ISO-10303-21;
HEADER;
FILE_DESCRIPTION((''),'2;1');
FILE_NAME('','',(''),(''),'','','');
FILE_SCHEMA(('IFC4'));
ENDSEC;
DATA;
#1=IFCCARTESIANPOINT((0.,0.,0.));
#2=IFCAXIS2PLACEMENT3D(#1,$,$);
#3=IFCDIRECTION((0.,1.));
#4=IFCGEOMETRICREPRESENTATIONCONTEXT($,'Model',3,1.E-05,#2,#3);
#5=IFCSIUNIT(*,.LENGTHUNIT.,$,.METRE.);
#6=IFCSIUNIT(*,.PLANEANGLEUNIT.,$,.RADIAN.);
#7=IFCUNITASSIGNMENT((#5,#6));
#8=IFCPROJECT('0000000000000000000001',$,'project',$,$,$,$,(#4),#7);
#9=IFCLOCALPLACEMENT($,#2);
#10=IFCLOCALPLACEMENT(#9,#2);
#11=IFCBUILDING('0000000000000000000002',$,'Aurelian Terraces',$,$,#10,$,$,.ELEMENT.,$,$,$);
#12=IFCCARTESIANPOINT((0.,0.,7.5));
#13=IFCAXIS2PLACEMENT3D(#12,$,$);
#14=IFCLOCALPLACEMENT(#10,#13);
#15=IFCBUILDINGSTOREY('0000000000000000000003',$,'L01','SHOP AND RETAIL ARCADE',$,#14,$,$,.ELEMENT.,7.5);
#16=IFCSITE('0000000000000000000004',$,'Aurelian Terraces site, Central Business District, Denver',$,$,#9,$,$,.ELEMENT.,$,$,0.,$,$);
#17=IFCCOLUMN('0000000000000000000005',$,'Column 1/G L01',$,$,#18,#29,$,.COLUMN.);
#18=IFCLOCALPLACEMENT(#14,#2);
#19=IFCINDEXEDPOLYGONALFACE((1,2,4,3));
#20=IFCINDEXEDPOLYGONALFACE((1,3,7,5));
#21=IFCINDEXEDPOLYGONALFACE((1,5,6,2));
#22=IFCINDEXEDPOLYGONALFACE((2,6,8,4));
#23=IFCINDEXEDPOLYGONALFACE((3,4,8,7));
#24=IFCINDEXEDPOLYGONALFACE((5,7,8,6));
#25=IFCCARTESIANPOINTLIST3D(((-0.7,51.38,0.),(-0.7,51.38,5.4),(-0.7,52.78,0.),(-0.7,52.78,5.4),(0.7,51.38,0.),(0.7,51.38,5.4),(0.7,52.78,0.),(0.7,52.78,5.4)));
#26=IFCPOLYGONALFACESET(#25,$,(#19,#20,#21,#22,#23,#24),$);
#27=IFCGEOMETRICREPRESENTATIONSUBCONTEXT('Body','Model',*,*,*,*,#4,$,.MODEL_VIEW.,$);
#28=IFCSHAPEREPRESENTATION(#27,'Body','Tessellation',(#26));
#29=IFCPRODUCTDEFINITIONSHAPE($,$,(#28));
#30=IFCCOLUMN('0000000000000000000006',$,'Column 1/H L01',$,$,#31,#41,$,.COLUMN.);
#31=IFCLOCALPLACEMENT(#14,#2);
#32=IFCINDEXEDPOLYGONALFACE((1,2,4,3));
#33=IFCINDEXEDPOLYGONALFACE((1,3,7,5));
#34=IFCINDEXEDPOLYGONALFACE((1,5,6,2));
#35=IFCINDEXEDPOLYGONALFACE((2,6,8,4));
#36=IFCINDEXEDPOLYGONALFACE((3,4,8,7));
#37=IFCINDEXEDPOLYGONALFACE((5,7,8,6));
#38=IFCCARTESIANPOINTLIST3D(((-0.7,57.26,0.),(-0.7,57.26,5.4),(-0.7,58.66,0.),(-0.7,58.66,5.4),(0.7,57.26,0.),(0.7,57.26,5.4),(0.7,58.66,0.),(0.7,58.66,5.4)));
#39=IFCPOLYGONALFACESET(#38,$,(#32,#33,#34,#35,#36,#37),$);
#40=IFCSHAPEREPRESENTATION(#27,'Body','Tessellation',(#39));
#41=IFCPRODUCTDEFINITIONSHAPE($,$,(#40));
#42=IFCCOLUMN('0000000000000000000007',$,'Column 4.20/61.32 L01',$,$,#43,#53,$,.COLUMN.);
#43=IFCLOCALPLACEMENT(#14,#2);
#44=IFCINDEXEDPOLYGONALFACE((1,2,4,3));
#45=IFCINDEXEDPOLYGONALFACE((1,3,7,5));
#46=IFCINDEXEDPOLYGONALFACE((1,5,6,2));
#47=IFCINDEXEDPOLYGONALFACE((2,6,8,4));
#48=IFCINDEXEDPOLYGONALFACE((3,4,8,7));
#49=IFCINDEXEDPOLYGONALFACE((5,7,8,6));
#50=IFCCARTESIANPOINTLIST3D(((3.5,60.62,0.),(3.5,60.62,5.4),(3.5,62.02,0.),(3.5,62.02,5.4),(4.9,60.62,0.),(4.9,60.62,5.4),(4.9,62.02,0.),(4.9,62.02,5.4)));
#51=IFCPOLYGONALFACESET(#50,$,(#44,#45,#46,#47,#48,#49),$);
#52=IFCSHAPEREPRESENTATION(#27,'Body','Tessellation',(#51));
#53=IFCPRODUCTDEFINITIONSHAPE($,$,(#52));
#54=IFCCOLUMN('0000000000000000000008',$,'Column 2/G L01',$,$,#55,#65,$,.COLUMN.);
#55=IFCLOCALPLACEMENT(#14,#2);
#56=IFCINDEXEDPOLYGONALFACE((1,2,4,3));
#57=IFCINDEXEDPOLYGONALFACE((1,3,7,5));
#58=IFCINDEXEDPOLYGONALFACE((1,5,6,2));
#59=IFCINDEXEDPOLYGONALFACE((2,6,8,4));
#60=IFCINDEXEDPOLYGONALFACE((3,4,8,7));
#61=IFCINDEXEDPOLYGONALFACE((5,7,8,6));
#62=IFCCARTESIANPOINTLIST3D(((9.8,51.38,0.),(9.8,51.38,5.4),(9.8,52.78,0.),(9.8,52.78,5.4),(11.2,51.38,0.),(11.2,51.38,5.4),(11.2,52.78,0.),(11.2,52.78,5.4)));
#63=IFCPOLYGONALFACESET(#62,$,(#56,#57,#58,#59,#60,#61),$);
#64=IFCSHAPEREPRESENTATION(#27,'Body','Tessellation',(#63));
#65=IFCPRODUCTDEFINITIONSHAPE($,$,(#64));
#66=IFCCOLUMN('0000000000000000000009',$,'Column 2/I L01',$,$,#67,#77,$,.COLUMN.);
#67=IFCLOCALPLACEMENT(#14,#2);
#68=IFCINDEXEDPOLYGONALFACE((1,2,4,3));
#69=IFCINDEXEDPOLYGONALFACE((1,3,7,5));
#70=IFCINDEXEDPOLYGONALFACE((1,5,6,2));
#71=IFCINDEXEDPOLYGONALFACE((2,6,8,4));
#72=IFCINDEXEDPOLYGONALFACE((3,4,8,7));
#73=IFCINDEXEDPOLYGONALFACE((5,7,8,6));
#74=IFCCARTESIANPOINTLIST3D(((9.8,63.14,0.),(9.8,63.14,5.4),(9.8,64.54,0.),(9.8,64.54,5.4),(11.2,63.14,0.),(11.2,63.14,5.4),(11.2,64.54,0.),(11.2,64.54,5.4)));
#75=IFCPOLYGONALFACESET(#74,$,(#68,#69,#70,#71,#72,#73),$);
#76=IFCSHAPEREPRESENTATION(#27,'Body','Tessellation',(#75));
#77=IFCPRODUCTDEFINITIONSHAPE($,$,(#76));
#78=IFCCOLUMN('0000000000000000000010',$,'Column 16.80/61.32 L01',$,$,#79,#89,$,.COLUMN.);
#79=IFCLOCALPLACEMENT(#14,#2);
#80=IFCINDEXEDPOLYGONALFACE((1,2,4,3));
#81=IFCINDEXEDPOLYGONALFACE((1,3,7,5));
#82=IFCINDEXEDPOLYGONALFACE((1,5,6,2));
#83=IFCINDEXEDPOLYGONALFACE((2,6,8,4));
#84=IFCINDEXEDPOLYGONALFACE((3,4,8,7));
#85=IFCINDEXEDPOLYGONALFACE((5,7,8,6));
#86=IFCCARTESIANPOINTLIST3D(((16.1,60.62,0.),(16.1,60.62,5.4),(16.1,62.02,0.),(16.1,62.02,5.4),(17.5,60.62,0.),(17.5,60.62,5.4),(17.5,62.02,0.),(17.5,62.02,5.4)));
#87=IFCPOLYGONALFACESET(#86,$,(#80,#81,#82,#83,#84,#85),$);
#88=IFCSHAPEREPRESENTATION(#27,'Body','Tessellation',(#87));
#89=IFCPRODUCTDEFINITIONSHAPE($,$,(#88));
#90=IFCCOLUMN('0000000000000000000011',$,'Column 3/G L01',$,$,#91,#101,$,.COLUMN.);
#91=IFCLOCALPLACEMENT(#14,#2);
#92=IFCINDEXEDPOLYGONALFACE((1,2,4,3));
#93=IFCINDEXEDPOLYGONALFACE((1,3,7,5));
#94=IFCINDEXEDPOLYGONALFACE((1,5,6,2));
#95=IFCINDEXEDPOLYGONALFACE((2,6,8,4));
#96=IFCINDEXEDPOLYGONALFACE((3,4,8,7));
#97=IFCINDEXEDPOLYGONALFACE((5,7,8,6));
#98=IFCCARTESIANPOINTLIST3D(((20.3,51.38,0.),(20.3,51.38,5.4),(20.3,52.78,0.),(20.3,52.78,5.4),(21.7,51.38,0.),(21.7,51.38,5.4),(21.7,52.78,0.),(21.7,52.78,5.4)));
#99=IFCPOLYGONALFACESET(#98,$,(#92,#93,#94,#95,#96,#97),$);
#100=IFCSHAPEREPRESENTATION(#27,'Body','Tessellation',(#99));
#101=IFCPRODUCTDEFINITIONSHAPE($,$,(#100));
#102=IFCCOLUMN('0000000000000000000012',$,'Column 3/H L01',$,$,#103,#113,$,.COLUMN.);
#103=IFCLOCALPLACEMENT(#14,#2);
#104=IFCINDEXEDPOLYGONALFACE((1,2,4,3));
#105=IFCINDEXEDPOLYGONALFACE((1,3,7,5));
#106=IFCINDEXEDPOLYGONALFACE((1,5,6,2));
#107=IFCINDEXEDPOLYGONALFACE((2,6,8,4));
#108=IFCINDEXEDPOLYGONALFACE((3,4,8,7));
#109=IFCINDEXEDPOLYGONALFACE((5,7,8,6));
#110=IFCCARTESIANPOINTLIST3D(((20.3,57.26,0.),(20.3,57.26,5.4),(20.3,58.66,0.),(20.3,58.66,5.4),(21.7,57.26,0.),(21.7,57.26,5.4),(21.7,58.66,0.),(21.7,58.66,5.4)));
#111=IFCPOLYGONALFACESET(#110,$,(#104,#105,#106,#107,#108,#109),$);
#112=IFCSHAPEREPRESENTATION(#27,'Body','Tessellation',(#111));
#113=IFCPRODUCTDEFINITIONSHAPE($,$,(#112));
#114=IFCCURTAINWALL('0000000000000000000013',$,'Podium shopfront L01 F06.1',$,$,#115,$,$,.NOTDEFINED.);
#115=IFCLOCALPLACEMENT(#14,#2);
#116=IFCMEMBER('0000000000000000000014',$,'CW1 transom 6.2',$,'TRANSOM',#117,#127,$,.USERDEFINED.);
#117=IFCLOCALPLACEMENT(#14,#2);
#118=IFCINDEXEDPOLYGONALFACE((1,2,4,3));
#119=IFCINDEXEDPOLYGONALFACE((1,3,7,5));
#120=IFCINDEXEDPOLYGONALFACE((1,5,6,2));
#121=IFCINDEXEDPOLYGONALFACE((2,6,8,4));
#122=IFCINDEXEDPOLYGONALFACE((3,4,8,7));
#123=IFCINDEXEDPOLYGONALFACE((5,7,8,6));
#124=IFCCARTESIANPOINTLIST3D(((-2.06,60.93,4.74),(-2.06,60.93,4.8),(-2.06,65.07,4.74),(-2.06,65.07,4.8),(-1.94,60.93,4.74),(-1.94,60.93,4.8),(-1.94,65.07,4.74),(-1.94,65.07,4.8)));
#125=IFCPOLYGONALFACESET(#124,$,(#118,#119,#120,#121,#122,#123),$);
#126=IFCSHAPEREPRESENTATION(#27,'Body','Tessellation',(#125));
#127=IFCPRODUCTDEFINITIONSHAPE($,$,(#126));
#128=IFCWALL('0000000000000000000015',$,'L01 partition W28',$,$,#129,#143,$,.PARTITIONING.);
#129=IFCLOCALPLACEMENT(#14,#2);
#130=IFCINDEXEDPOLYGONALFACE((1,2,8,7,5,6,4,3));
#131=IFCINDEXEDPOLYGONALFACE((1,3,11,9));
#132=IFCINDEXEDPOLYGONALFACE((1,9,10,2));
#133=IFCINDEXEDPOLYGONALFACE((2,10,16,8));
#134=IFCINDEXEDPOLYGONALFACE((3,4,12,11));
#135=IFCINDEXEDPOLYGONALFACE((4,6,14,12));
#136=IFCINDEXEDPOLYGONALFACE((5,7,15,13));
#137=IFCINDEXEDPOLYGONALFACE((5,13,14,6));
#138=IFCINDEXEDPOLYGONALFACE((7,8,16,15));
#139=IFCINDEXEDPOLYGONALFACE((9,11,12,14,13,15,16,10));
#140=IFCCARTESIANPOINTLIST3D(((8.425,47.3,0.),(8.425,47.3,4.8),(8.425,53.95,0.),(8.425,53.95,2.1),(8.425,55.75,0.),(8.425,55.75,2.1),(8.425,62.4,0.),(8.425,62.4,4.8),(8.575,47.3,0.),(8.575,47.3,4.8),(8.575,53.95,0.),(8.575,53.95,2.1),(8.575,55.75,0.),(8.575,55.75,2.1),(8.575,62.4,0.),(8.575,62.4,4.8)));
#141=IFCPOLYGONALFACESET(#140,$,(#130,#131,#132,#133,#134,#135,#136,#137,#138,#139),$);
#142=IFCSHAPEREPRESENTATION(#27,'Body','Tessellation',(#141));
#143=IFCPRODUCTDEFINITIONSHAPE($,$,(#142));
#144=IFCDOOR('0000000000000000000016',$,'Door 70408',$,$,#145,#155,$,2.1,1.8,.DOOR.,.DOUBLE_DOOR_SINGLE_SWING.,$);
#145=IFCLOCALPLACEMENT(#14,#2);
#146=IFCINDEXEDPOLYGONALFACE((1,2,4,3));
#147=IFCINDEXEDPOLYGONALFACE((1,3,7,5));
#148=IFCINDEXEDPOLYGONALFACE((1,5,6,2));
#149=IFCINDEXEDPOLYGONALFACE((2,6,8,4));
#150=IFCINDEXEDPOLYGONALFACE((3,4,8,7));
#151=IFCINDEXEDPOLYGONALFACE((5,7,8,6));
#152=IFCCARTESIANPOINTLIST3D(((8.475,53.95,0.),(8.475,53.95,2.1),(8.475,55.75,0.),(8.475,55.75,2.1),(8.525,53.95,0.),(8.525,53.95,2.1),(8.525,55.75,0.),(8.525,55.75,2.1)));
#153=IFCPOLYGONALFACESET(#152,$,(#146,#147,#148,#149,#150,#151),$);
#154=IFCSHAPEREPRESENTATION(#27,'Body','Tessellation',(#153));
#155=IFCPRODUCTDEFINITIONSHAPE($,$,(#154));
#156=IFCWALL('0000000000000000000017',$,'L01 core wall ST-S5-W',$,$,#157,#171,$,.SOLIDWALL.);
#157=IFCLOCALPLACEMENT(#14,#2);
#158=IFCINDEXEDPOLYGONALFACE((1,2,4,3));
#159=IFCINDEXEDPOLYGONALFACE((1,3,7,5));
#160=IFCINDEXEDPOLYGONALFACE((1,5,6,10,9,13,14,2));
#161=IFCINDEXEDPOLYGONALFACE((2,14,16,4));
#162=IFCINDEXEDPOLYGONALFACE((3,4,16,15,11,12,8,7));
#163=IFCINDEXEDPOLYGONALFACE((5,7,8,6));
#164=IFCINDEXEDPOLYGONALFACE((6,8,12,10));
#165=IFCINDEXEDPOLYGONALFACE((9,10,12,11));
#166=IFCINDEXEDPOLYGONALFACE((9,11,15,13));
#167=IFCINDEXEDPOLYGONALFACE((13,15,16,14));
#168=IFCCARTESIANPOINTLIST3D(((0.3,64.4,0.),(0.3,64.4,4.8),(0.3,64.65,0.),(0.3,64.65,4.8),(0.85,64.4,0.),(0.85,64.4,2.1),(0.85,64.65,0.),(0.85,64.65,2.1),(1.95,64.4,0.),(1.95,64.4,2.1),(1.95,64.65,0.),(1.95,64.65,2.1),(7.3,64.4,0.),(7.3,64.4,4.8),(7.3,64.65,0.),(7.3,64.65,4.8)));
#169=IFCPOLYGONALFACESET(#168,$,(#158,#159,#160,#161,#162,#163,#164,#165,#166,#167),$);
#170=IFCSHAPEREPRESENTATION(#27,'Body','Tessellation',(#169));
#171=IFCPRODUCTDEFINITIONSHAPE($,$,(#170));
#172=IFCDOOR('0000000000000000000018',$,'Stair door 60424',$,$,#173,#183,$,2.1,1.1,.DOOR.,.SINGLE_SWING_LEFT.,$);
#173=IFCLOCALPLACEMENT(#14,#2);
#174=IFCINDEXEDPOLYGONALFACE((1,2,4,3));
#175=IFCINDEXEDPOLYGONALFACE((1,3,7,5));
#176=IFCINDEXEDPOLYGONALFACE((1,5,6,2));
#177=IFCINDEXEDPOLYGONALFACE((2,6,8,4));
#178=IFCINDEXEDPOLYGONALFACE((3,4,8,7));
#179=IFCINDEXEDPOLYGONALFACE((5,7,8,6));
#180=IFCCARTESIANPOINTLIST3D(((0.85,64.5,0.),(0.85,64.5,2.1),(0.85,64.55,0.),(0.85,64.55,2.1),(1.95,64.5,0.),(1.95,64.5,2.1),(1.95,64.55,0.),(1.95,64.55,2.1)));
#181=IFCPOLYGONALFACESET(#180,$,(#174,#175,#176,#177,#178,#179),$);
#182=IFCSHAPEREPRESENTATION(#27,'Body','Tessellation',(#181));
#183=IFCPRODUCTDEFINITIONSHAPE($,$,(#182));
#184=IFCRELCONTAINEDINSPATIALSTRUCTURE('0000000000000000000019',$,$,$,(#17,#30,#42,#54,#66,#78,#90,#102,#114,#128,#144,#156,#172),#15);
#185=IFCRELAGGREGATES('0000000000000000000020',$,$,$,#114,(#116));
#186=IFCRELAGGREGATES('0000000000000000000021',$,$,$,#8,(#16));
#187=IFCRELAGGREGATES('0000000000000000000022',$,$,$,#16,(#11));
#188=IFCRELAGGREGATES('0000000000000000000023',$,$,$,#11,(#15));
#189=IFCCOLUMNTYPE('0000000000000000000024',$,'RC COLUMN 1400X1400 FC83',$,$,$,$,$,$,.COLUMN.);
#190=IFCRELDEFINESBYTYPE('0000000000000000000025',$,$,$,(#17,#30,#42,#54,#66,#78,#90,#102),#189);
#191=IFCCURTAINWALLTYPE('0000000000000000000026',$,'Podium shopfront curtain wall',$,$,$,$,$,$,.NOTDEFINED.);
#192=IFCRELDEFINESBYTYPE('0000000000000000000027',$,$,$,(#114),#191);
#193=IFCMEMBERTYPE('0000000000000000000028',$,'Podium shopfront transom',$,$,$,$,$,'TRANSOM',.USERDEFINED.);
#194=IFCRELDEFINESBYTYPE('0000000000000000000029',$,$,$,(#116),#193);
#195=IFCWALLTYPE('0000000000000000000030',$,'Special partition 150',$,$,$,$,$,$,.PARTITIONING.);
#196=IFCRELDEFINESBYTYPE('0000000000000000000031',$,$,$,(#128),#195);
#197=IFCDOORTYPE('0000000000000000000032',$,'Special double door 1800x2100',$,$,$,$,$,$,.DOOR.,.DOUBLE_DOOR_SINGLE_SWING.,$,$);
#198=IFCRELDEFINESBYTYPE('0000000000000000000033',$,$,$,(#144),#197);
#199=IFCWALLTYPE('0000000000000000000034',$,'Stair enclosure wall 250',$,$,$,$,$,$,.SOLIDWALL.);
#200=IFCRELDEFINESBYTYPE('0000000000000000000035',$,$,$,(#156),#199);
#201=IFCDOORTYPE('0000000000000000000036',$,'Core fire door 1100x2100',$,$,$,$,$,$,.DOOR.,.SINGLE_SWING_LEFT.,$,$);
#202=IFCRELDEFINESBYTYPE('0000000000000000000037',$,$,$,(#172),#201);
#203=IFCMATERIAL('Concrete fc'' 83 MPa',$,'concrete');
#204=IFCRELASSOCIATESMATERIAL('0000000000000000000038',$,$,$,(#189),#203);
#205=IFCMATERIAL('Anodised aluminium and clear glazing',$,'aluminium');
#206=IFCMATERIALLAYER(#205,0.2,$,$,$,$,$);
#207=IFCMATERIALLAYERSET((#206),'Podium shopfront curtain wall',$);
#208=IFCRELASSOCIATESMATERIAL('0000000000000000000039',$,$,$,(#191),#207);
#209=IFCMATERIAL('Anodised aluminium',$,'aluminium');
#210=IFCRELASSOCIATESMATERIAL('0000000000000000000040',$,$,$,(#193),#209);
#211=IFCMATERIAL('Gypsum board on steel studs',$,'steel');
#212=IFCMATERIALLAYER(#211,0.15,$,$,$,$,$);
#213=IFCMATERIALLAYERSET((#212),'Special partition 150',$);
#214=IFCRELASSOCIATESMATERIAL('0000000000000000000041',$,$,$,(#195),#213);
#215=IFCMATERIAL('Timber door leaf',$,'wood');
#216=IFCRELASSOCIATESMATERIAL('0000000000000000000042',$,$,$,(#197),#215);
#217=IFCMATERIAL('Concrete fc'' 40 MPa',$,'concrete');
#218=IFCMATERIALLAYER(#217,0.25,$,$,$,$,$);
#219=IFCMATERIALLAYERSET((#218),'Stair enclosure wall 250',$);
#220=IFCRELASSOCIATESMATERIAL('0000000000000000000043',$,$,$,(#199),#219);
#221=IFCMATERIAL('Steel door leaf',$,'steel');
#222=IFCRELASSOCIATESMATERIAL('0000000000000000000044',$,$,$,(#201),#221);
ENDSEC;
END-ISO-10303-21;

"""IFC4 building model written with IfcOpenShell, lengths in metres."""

from ifc_helpers import new_model, si_unit, direction, frame, frame_2d, origin, origin_2d, place, context, subcontext, project, spatial, rectangle, extrude, source, transform, mapped, material, layer, layer_set, material_profile, profile_set, type_object, element, fill, aggregate, save


model = new_model("IFC4")

# Units and contexts
model_context = context("Model", 3, precision=1e-05, world=origin(), true_north=direction((0.0, 1.0)))
body_context = subcontext(model_context, "Body", "Model", "MODEL_VIEW")
ifc_project = project(units=[si_unit("LENGTHUNIT", "METRE"), si_unit("PLANEANGLEUNIT", "RADIAN")], contexts=[model_context])

# Site, building, storey
site_placement = place(None, origin())
site = spatial("IfcSite", under=ifc_project, at=site_placement, Name="Aurelian Terraces site, Central Business District, Denver", CompositionType="ELEMENT", RefElevation=0.0)
building_placement = place(site_placement, origin())
building = spatial("IfcBuilding", under=site, at=building_placement, Name="Aurelian Terraces", CompositionType="ELEMENT")
storey_placement = place(building_placement, frame((0.0, 0.0, 7.5)))
storey = spatial("IfcBuildingStorey", under=building, at=storey_placement, Name="L01", Description="SHOP AND RETAIL ARCADE", CompositionType="ELEMENT", Elevation=7.5)

# Columns
ifc_material_1 = material(Name="Concrete fc' 83 MPa", Category="concrete")
ifc_material_profile_1 = material_profile(ifc_material_1, rectangle(XDim=1.4, YDim=1.4, at=origin_2d()))
ifc_profile_set_1 = profile_set([ifc_material_profile_1], Name="Concrete fc' 83 MPa")
column_type = type_object("IfcColumnType", Name="RC COLUMN 1400X1400 FC83", PredefinedType="COLUMN", material=ifc_profile_set_1)
shared_shape_1 = source(origin(), body_context, "Body", "SweptSolid", [
    extrude(rectangle(XDim=1.4, YDim=1.4, at=origin_2d()), origin(), (0.0, 0.0, 1.0), 5.4),
])
for number, where, z_axis, x_axis, name in (
    (1, (0.0, 52.08, 0.0), (0.0, 0.0, 1.0), (1.0, 0.0, 0.0), "Column 1/G L01"),
    (2, (0.0, 57.96, 0.0), (0.0, 0.0, 1.0), (1.0, 0.0, 0.0), "Column 1/H L01"),
    (3, (4.2, 61.32, 0.0), (0.0, 0.0, 1.0), (1.0, 0.0, 0.0), "Column 4.20/61.32 L01"),
    (4, (10.5, 52.08, 0.0), (0.0, 0.0, 1.0), (1.0, 0.0, 0.0), "Column 2/G L01"),
    (5, (10.5, 63.84, 0.0), (0.0, 0.0, 1.0), (1.0, 0.0, 0.0), "Column 2/I L01"),
    (6, (16.8, 61.32, 0.0), (0.0, 0.0, 1.0), (1.0, 0.0, 0.0), "Column 16.80/61.32 L01"),
    (7, (21.0, 52.08, 0.0), (0.0, 0.0, 1.0), (1.0, 0.0, 0.0), "Column 3/G L01"),
    (8, (21.0, 57.96, 0.0), (0.0, 0.0, 1.0), (1.0, 0.0, 0.0), "Column 3/H L01"),
):
    element("IfcColumn", number, at=place(storey_placement, frame(where, z_axis=z_axis, x_axis=x_axis)), inside=storey, type_object=column_type, Name=name, PredefinedType="COLUMN", context=body_context, shape_type="MappedRepresentation", body=[
        mapped(shared_shape_1, transform((0.0, 0.0, 0.0), scale=1.0)),
    ])

# Curtain wall, member
ifc_material_2 = material(Name="Anodised aluminium and clear glazing", Category="aluminium")
ifc_layer_1 = layer(ifc_material_2, 0.2)
ifc_layer_set_1 = layer_set([ifc_layer_1], Name="Podium shopfront curtain wall")
curtain_wall_type = type_object("IfcCurtainWallType", Name="Podium shopfront curtain wall", PredefinedType="NOTDEFINED", material=ifc_layer_set_1)
curtain_wall_placement = place(storey_placement, origin())
curtain_wall = element("IfcCurtainWall", 9, at=curtain_wall_placement, inside=storey, type_object=curtain_wall_type, Name="Podium shopfront L01 F06.1", PredefinedType="NOTDEFINED")
ifc_material_3 = material(Name="Anodised aluminium", Category="aluminium")
ifc_material_profile_2 = material_profile(ifc_material_3, rectangle(XDim=0.12, YDim=0.06, at=origin_2d()))
ifc_profile_set_2 = profile_set([ifc_material_profile_2], Name="Anodised aluminium")
member_type = type_object("IfcMemberType", Name="Podium shopfront transom", ElementType="TRANSOM", PredefinedType="USERDEFINED", material=ifc_profile_set_2)
shared_shape_2 = source(origin(), body_context, "Body", "SweptSolid", [
    extrude(rectangle(XDim=0.12, YDim=0.06, at=origin_2d()), origin(), (0.0, 0.0, 1.0), 4.14),
])
member_placement = place(storey_placement, frame((-2.0, 65.07, 4.77), z_axis=(0.0, -1.0, 0.0), x_axis=(1.0, 0.0, 0.0)))
member = element("IfcMember", 10, at=member_placement, type_object=member_type, Name="CW1 transom 6.2", ObjectType="TRANSOM", PredefinedType="USERDEFINED", context=body_context, shape_type="MappedRepresentation", body=[
    mapped(shared_shape_2, transform((0.0, 0.0, 0.0), scale=1.0)),
])
aggregate(curtain_wall, [member])

# Walls, openings, doors
ifc_material_4 = material(Name="Gypsum board on steel studs", Category="steel")
ifc_layer_2 = layer(ifc_material_4, 0.15)
ifc_layer_set_2 = layer_set([ifc_layer_2], Name="Special partition 150")
wall_type_1 = type_object("IfcWallType", Name="Special partition 150", PredefinedType="PARTITIONING", material=ifc_layer_set_2)
wall_1_placement = place(storey_placement, frame((8.5, 47.3, 0.0), z_axis=(0.0, 0.0, 1.0), x_axis=(0.0, 1.0, 0.0)))
wall_1 = element("IfcWall", 11, at=wall_1_placement, inside=storey, type_object=wall_type_1, Name="L01 partition W28", PredefinedType="PARTITIONING", context=body_context, shape_type="SweptSolid", body=[
    extrude(rectangle(XDim=15.1, YDim=0.15, at=frame_2d((7.55, 0.0))), origin(), (0.0, 0.0, 1.0), 4.8),
])
shared_shape_3 = source(origin(), body_context, "Body", "SweptSolid", [
    extrude(rectangle(XDim=1.8, YDim=2.1, at=frame_2d((0.9, 1.05))), frame((0.0, 0.085, 0.0), z_axis=(0.0, -1.0, 0.0), x_axis=(1.0, 0.0, 0.0)), (0.0, 0.0, 1.0), 0.17),
])
opening_1_placement = place(wall_1_placement, frame((6.65, 0.0, 0.0)))
opening_1 = element("IfcOpeningElement", 12, at=opening_1_placement, cuts=wall_1, PredefinedType="OPENING", context=body_context, shape_type="MappedRepresentation", body=[
    mapped(shared_shape_3, transform((0.0, 0.0, 0.0), scale=1.0)),
])
ifc_material_5 = material(Name="Timber door leaf", Category="wood")
door_type_1 = type_object("IfcDoorType", Name="Special double door 1800x2100", OperationType="DOUBLE_DOOR_SINGLE_SWING", PredefinedType="DOOR", material=ifc_material_5)
shared_shape_4 = source(origin(), body_context, "Body", "SweptSolid", [
    extrude(rectangle(XDim=1.8, YDim=2.1, at=frame_2d((0.9, 1.05))), frame((0.0, 0.025, 0.0), z_axis=(0.0, -1.0, 0.0), x_axis=(1.0, 0.0, 0.0)), (0.0, 0.0, 1.0), 0.05),
])
door_1_placement = place(opening_1_placement, origin())
door_1 = element("IfcDoor", 13, at=door_1_placement, inside=storey, type_object=door_type_1, Name="Door 70408", OperationType="DOUBLE_DOOR_SINGLE_SWING", OverallHeight=2.1, OverallWidth=1.8, PredefinedType="DOOR", context=body_context, shape_type="MappedRepresentation", body=[
    mapped(shared_shape_4, transform((0.0, 0.0, 0.0), scale=1.0)),
])
fill(opening_1, door_1)
ifc_material_6 = material(Name="Concrete fc' 40 MPa", Category="concrete")
ifc_layer_3 = layer(ifc_material_6, 0.25)
ifc_layer_set_3 = layer_set([ifc_layer_3], Name="Stair enclosure wall 250")
wall_type_2 = type_object("IfcWallType", Name="Stair enclosure wall 250", PredefinedType="SOLIDWALL", material=ifc_layer_set_3)
shared_shape_5 = source(origin(), body_context, "Body", "SweptSolid", [
    extrude(rectangle(XDim=7.0, YDim=0.25, at=frame_2d((3.5, 0.0))), origin(), (0.0, 0.0, 1.0), 4.8),
])
wall_2_placement = place(storey_placement, frame((0.3, 64.525, 0.0), z_axis=(0.0, 0.0, 1.0), x_axis=(1.0, 0.0, 0.0)))
wall_2 = element("IfcWall", 14, at=wall_2_placement, inside=storey, type_object=wall_type_2, Name="L01 core wall ST-S5-W", PredefinedType="SOLIDWALL", context=body_context, shape_type="MappedRepresentation", body=[
    mapped(shared_shape_5, transform((0.0, 0.0, 0.0), scale=1.0)),
])
shared_shape_6 = source(origin(), body_context, "Body", "SweptSolid", [
    extrude(rectangle(XDim=1.1, YDim=2.1, at=frame_2d((0.55, 1.05))), frame((0.0, 0.135, 0.0), z_axis=(0.0, -1.0, 0.0), x_axis=(1.0, 0.0, 0.0)), (0.0, 0.0, 1.0), 0.27),
])
opening_2_placement = place(wall_2_placement, frame((0.55, 0.0, 0.0)))
opening_2 = element("IfcOpeningElement", 15, at=opening_2_placement, cuts=wall_2, PredefinedType="OPENING", context=body_context, shape_type="MappedRepresentation", body=[
    mapped(shared_shape_6, transform((0.0, 0.0, 0.0), scale=1.0)),
])
ifc_material_7 = material(Name="Steel door leaf", Category="steel")
door_type_2 = type_object("IfcDoorType", Name="Core fire door 1100x2100", OperationType="SINGLE_SWING_LEFT", PredefinedType="DOOR", material=ifc_material_7)
shared_shape_7 = source(origin(), body_context, "Body", "SweptSolid", [
    extrude(rectangle(XDim=1.1, YDim=2.1, at=frame_2d((0.55, 1.05))), frame((0.0, 0.025, 0.0), z_axis=(0.0, -1.0, 0.0), x_axis=(1.0, 0.0, 0.0)), (0.0, 0.0, 1.0), 0.05),
])
door_2_placement = place(opening_2_placement, origin())
door_2 = element("IfcDoor", 16, at=door_2_placement, inside=storey, type_object=door_type_2, Name="Stair door 60424", OperationType="SINGLE_SWING_LEFT", OverallHeight=2.1, OverallWidth=1.1, PredefinedType="DOOR", context=body_context, shape_type="MappedRepresentation", body=[
    mapped(shared_shape_7, transform((0.0, 0.0, 0.0), scale=1.0)),
])
fill(opening_2, door_2)

save(model, "model.ifc")
